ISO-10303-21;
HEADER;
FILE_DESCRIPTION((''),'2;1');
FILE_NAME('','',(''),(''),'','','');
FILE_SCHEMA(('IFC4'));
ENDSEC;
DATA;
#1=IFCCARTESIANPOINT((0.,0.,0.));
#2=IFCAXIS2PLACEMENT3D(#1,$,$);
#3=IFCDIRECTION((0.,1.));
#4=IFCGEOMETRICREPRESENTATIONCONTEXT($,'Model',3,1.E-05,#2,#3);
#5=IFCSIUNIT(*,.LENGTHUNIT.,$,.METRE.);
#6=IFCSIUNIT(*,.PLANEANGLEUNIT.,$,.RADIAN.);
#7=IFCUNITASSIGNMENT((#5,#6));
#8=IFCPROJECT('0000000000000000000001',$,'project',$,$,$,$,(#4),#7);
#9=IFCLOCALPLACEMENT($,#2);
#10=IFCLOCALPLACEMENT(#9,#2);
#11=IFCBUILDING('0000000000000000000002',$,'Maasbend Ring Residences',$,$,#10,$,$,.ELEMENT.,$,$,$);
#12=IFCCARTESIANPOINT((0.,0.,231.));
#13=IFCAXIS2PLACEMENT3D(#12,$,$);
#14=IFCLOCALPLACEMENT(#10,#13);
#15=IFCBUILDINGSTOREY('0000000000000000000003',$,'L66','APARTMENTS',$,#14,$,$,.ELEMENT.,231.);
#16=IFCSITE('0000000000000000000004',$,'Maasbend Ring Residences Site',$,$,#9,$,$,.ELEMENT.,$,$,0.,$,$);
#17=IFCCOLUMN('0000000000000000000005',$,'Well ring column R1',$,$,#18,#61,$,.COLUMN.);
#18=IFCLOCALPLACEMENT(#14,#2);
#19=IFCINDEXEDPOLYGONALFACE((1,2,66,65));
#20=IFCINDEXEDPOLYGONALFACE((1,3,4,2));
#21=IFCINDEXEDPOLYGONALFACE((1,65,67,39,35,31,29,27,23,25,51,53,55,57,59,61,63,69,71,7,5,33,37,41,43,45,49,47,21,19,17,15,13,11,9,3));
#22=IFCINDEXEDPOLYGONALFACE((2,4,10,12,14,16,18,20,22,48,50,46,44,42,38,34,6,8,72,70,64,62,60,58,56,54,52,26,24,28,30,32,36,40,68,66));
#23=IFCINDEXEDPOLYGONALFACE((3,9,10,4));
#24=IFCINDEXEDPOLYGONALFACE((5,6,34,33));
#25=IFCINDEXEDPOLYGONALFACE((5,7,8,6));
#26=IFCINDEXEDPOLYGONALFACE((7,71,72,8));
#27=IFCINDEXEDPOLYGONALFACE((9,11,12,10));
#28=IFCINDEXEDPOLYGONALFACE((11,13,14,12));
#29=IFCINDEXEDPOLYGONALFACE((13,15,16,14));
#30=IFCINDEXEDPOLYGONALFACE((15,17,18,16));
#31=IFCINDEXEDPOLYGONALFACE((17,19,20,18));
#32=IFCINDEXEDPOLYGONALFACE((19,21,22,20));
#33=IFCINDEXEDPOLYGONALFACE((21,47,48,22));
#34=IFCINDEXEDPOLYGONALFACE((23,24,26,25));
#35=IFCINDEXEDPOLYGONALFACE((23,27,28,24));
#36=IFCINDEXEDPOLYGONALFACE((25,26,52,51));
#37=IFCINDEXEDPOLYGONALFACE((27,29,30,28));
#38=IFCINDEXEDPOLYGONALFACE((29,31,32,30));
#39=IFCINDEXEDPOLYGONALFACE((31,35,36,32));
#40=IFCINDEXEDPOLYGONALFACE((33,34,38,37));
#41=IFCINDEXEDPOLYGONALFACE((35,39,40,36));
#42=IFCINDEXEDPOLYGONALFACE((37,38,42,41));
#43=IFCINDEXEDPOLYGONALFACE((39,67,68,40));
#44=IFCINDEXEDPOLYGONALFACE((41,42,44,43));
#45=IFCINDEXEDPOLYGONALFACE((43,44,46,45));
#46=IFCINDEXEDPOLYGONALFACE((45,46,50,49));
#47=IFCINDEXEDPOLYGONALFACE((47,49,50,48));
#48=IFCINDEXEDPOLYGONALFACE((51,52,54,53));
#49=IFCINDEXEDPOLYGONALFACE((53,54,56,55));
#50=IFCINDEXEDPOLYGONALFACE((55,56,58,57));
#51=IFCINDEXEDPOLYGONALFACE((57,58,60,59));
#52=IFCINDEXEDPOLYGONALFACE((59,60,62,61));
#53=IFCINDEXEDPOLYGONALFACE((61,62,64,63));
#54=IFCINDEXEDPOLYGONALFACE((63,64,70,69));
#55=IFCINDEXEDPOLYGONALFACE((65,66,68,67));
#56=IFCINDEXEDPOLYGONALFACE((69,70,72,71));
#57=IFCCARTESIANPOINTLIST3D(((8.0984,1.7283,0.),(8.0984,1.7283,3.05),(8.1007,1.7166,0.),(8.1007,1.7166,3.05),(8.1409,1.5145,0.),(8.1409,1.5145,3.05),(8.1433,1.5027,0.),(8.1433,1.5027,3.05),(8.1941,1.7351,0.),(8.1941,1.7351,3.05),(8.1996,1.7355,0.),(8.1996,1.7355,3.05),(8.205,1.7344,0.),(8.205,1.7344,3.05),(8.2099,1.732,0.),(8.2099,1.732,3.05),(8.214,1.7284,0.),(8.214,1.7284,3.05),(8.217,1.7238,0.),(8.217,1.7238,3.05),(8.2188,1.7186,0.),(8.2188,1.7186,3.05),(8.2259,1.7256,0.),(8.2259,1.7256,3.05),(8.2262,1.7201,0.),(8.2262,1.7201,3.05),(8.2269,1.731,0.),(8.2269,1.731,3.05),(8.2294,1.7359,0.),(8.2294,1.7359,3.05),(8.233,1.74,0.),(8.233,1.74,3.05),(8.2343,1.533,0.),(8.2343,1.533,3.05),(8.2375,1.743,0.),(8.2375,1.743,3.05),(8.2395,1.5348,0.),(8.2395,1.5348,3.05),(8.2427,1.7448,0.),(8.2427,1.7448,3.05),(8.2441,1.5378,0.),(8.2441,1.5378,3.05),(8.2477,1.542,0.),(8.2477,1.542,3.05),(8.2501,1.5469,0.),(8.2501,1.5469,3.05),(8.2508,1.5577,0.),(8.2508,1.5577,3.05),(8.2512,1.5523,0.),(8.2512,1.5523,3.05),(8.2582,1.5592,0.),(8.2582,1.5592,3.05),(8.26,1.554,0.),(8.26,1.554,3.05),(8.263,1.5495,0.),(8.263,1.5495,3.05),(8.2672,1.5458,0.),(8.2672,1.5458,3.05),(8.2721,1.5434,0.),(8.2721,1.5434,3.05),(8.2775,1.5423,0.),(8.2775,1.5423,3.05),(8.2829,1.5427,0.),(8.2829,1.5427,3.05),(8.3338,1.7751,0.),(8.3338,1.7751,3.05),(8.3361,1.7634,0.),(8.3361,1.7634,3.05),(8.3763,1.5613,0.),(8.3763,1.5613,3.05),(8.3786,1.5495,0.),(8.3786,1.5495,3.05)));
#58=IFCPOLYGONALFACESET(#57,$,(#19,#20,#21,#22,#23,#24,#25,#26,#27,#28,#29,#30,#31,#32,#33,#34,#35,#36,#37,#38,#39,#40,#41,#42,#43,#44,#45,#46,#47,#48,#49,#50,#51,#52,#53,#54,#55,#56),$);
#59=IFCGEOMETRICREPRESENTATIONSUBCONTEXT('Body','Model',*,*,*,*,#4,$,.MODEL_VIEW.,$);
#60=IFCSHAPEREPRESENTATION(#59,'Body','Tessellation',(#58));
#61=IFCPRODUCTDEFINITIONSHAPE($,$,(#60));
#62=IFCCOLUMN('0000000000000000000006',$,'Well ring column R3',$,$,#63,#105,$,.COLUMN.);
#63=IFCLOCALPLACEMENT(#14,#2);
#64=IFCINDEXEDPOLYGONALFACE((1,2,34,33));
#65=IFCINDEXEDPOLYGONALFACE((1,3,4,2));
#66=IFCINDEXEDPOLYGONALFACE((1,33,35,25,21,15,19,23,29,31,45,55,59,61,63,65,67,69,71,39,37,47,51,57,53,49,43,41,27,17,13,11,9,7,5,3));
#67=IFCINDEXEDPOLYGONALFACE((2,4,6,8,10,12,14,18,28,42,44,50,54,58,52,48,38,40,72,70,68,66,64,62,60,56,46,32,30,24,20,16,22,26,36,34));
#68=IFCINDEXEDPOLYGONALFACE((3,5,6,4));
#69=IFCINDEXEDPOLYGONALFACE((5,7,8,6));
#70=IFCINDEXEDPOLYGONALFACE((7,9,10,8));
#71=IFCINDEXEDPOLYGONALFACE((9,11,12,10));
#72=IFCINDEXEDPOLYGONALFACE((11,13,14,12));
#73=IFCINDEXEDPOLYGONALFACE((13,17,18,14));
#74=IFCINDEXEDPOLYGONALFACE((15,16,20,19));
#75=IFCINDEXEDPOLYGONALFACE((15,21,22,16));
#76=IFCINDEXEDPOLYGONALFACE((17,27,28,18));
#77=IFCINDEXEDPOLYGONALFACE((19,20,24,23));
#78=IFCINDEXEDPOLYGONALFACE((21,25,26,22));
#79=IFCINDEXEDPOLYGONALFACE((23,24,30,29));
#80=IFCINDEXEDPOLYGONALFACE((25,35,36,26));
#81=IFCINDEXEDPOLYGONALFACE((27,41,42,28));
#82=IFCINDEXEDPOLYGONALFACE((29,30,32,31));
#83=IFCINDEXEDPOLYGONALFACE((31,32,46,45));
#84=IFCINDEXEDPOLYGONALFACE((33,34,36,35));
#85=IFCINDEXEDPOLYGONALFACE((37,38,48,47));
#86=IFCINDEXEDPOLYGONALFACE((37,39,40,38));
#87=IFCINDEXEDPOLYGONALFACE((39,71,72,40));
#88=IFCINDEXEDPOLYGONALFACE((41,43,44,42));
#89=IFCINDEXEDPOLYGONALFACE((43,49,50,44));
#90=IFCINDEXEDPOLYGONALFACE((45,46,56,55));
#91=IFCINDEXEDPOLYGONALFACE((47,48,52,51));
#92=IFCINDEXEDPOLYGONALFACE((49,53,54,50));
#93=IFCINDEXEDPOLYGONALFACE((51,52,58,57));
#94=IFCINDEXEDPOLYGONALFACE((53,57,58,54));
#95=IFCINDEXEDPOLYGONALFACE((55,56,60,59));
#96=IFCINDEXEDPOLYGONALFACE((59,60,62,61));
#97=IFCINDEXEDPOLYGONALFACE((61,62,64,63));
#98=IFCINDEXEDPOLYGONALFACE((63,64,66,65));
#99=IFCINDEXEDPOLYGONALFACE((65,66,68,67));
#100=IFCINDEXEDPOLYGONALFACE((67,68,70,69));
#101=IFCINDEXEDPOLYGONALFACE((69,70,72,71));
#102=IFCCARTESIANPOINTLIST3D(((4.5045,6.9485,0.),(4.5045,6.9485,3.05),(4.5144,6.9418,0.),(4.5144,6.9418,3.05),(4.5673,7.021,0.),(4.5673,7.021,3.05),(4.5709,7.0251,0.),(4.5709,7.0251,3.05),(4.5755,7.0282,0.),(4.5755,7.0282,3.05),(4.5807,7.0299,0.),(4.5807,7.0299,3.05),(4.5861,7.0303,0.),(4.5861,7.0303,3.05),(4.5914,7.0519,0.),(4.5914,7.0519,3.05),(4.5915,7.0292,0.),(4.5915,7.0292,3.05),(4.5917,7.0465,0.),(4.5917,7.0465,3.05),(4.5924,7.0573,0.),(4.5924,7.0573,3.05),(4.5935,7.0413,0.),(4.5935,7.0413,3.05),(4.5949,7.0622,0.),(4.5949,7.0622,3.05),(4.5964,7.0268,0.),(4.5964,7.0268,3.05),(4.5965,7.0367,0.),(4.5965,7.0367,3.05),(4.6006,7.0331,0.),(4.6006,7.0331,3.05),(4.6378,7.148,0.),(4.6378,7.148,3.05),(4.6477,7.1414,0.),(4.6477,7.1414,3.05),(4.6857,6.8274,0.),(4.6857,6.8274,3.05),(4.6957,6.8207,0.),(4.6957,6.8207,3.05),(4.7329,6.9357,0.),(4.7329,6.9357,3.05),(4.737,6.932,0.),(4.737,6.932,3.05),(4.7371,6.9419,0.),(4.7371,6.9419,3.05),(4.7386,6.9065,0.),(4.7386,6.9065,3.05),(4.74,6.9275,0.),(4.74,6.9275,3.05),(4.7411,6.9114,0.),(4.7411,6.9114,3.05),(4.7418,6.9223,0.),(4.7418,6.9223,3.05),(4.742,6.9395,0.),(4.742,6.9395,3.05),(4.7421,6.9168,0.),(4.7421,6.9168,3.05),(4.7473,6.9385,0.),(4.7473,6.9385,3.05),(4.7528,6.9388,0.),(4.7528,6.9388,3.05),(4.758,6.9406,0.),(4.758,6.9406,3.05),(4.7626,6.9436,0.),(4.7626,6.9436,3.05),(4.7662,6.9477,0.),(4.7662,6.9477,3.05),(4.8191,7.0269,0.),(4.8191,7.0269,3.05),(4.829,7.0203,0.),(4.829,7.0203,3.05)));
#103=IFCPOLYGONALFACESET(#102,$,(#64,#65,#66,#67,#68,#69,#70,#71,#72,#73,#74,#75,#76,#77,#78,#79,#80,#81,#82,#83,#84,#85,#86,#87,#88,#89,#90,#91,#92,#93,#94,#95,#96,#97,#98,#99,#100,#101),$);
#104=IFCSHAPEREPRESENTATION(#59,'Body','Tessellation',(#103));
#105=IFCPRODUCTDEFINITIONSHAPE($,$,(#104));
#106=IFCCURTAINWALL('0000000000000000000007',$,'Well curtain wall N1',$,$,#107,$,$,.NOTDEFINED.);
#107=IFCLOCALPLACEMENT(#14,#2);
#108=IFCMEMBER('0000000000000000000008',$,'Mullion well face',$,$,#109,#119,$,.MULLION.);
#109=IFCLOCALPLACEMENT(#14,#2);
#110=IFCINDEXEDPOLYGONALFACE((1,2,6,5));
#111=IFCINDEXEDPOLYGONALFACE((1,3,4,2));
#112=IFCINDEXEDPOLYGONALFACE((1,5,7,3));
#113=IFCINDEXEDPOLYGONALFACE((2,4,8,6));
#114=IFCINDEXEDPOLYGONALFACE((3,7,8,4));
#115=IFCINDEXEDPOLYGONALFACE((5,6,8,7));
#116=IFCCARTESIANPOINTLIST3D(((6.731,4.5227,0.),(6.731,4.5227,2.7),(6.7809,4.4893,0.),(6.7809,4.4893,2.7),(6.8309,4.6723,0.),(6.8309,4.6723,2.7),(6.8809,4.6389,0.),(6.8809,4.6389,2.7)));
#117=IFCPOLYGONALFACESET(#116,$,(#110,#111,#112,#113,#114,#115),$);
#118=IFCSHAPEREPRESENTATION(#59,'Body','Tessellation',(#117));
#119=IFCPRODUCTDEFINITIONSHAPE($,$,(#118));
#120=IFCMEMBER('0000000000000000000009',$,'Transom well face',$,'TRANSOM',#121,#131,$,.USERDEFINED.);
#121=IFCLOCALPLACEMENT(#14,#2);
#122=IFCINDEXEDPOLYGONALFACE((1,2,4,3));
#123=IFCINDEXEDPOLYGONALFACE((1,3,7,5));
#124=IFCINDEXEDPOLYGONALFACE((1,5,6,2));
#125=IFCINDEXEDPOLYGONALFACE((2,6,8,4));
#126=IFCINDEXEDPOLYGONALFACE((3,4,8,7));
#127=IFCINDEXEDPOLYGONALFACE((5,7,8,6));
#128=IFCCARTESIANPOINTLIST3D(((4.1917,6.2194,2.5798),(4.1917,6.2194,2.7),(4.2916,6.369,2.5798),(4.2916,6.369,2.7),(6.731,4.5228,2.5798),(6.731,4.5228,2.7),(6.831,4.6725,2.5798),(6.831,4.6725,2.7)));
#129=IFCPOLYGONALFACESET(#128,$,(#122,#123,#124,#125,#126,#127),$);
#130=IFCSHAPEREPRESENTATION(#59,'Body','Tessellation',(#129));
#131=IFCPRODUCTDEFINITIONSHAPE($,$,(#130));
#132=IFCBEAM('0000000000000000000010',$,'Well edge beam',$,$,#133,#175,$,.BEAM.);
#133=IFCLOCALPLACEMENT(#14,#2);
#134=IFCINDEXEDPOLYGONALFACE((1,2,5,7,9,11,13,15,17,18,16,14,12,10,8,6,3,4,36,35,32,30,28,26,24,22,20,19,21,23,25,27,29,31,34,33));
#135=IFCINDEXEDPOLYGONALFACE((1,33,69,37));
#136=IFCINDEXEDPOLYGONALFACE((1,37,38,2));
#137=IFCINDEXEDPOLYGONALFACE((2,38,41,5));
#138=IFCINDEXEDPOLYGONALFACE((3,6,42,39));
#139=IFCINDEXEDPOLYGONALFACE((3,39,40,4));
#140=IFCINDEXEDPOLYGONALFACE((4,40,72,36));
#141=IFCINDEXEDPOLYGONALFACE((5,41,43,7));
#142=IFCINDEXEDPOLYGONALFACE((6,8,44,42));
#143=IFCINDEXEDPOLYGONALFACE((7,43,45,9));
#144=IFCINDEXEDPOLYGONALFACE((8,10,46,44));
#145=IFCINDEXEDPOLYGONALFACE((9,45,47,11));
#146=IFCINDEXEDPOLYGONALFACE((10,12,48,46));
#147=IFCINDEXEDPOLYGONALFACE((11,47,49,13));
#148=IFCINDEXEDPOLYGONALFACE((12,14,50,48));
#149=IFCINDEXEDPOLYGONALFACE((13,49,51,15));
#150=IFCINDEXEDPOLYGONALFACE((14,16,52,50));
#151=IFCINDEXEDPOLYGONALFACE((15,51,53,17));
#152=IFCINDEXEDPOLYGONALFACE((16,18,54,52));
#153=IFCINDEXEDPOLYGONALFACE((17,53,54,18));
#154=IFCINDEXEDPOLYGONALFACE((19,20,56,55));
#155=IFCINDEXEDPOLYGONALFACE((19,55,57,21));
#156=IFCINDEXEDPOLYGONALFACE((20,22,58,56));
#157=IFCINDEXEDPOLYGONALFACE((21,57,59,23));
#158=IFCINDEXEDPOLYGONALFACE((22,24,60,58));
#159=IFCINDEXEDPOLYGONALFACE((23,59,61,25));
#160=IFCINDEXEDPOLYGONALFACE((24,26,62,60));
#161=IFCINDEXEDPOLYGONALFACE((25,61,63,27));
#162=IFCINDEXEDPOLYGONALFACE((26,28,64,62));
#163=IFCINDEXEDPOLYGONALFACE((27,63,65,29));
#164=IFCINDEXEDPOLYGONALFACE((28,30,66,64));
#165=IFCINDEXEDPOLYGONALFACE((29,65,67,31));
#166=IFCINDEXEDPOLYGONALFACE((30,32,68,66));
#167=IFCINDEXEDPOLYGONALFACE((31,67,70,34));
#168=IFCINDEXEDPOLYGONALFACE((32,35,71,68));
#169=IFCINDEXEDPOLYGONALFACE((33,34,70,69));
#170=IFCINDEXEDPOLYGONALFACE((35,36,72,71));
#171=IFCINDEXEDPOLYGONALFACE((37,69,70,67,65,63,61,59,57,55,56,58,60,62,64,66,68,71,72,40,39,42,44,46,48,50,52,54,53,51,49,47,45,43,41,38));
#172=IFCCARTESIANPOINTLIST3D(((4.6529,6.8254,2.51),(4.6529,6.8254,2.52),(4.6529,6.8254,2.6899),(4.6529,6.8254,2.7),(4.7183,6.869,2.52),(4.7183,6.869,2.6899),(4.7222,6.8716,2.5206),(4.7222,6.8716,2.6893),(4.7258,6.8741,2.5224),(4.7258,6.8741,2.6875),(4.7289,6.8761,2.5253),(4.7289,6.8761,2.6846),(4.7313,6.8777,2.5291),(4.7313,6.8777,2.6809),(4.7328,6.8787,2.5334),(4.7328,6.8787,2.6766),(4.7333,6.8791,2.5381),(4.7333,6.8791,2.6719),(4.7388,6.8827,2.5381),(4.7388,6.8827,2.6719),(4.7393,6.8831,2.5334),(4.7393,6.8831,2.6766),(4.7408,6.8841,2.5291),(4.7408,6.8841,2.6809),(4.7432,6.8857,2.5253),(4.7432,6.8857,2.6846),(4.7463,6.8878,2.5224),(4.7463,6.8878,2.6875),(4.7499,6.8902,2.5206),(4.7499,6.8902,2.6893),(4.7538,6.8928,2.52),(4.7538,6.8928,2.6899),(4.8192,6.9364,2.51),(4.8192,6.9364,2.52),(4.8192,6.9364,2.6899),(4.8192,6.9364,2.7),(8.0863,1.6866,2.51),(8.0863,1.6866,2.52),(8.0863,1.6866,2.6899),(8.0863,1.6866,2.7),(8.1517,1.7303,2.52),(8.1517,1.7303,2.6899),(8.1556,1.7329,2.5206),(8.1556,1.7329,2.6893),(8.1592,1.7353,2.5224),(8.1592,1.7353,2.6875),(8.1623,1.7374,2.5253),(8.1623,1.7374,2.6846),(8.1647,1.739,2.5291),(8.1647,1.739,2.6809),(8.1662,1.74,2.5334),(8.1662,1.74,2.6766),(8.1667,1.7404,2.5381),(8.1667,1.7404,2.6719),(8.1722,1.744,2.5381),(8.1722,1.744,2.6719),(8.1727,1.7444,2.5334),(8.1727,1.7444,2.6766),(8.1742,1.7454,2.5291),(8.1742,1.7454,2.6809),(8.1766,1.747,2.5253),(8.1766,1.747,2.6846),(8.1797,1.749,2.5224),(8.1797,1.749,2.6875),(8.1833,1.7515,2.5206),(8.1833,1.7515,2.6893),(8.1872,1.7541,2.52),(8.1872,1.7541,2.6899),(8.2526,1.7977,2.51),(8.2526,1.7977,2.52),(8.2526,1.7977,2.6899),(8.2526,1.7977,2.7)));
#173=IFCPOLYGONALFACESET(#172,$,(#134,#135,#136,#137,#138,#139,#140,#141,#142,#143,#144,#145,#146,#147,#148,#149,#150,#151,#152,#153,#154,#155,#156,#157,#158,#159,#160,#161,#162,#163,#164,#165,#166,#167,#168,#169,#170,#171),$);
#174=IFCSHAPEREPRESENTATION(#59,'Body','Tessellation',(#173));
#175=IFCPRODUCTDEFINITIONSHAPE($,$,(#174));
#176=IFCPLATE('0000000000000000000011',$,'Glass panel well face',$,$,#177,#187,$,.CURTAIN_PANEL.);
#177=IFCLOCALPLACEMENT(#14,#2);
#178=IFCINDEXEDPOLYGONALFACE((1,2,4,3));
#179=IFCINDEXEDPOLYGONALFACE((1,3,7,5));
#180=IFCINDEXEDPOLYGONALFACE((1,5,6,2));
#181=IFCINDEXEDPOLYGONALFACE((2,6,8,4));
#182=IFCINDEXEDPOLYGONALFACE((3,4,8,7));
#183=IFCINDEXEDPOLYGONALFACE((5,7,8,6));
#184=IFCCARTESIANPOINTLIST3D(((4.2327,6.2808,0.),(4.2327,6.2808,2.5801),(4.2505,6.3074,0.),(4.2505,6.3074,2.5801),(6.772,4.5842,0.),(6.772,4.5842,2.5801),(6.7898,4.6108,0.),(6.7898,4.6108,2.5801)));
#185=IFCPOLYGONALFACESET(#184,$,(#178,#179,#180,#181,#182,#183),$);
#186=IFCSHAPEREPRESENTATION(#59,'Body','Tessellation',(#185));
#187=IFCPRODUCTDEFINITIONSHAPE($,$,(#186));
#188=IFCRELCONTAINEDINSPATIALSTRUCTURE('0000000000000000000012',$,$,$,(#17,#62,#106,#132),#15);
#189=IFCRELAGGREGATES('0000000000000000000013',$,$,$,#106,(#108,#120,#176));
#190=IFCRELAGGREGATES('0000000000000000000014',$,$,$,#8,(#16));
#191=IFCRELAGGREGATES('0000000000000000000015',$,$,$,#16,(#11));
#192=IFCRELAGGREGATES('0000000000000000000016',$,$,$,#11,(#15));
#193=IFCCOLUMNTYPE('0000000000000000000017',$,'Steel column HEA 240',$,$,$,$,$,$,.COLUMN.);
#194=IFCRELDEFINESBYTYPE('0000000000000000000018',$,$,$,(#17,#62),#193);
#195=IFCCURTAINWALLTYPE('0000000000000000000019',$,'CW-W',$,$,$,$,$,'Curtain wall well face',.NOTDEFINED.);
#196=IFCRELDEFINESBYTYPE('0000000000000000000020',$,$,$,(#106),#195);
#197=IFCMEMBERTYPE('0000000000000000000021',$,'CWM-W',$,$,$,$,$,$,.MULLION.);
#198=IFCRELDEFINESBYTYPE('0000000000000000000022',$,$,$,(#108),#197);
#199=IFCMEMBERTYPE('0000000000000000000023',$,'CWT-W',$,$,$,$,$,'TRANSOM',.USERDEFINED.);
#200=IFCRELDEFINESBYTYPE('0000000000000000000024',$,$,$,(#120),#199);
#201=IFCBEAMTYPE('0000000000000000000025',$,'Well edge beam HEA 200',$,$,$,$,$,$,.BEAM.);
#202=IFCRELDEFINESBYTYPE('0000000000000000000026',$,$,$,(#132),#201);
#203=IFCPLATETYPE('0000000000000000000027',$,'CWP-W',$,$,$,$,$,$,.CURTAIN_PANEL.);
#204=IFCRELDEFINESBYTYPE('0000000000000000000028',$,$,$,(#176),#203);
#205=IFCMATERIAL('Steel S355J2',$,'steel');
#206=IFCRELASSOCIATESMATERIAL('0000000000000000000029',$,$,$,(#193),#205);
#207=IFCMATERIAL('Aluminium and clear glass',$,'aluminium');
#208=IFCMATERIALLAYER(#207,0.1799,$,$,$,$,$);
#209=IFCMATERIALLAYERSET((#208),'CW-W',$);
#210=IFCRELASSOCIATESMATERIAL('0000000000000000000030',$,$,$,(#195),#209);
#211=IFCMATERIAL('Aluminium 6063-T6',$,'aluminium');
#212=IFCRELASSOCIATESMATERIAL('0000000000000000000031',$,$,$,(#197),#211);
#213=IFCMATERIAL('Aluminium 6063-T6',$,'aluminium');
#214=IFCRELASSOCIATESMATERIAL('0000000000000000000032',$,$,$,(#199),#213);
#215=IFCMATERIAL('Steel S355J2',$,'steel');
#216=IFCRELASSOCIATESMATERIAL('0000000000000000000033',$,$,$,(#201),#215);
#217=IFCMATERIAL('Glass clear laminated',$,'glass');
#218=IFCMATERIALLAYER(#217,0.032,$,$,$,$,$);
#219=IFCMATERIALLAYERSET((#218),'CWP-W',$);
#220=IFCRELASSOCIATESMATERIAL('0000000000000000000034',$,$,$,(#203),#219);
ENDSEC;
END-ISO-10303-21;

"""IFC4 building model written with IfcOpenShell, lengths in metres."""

from ifc_helpers import new_model, si_unit, direction, frame, origin, origin_2d, place, context, subcontext, project, spatial, rectangle, i_section, extrude, material, layer, layer_set, material_profile, profile_set, type_object, element, aggregate, save


model = new_model("IFC4")

# Units and contexts
model_context = context("Model", 3, precision=1e-05, world=origin(), true_north=direction((0.0, 1.0)))
body_context = subcontext(model_context, "Body", "Model", "MODEL_VIEW")
ifc_project = project(units=[si_unit("LENGTHUNIT", "METRE"), si_unit("PLANEANGLEUNIT", "RADIAN")], contexts=[model_context])

# Site, building, storey
site_placement = place(None, origin())
site = spatial("IfcSite", under=ifc_project, at=site_placement, Name="Maasbend Ring Residences Site", CompositionType="ELEMENT", RefElevation=0.0)
building_placement = place(site_placement, origin())
building = spatial("IfcBuilding", under=site, at=building_placement, Name="Maasbend Ring Residences", CompositionType="ELEMENT")
storey_placement = place(building_placement, frame((0.0, 0.0, 231.0)))
storey = spatial("IfcBuildingStorey", under=building, at=storey_placement, Name="L66", Description="APARTMENTS", CompositionType="ELEMENT", Elevation=231.0)

# Columns
ifc_material_1 = material(Name="Steel S355J2", Category="steel")
ifc_material_profile_1 = material_profile(ifc_material_1, i_section(OverallWidth=0.24, OverallDepth=0.23, WebThickness=0.0076, FlangeThickness=0.012, FilletRadius=0.021, at=origin_2d()), Name="HEA 240")
ifc_profile_set_1 = profile_set([ifc_material_profile_1], Name="Steel S355J2")
column_type = type_object("IfcColumnType", Name="Steel column HEA 240", PredefinedType="COLUMN", material=ifc_profile_set_1)
for number, where, z_axis, x_axis, name in (
    (1, (8.2385, 1.6389, 0.0), (0.0, 0.0, 1.0), (0.980785, 0.19509, 0.0), "Well ring column R1"),
    (2, (4.6667, 6.9844, 0.0), (0.0, 0.0, 1.0), (0.55557, 0.83147, 0.0), "Well ring column R3"),
):
    element("IfcColumn", number, at=place(storey_placement, frame(where, z_axis=z_axis, x_axis=x_axis)), inside=storey, type_object=column_type, Name=name, PredefinedType="COLUMN", context=body_context, shape_type="SweptSolid", body=[
        extrude(i_section(OverallWidth=0.24, OverallDepth=0.23, WebThickness=0.0076, FlangeThickness=0.012, FilletRadius=0.021, at=origin_2d()), origin(), (0.0, 0.0, 1.0), 3.05),
    ])

# Curtain wall, members
ifc_material_2 = material(Name="Aluminium and clear glass", Category="aluminium")
ifc_layer_1 = layer(ifc_material_2, 0.1799)
ifc_layer_set_1 = layer_set([ifc_layer_1], Name="CW-W")
curtain_wall_type = type_object("IfcCurtainWallType", Name="CW-W", ElementType="Curtain wall well face", PredefinedType="NOTDEFINED", material=ifc_layer_set_1)
curtain_wall_placement = place(storey_placement, origin())
curtain_wall = element("IfcCurtainWall", 3, at=curtain_wall_placement, inside=storey, type_object=curtain_wall_type, Name="Well curtain wall N1", PredefinedType="NOTDEFINED")
ifc_material_3 = material(Name="Aluminium 6063-T6", Category="aluminium")
ifc_material_profile_2 = material_profile(ifc_material_3, rectangle(XDim=0.1799, YDim=0.0601, at=origin_2d()), Name="AL 180x60")
ifc_profile_set_2 = profile_set([ifc_material_profile_2], Name="Aluminium 6063-T6")
member_type_1 = type_object("IfcMemberType", Name="CWM-W", PredefinedType="MULLION", material=ifc_profile_set_2)
member_1_placement = place(storey_placement, frame((6.8059, 4.5808, 0.0), z_axis=(0.0, 0.0, 1.0), x_axis=(-0.55557, -0.83147, 0.0)))
member_1 = element("IfcMember", 4, at=member_1_placement, type_object=member_type_1, Name="Mullion well face", PredefinedType="MULLION", context=body_context, shape_type="SweptSolid", body=[
    extrude(rectangle(XDim=0.1799, YDim=0.0601, at=origin_2d()), origin(), (0.0, 0.0, 1.0), 2.7),
])
ifc_material_4 = material(Name="Aluminium 6063-T6", Category="aluminium")
ifc_material_profile_3 = material_profile(ifc_material_4, rectangle(XDim=0.1799, YDim=0.1201, at=origin_2d()), Name="AL 180x120")
ifc_profile_set_3 = profile_set([ifc_material_profile_3], Name="Aluminium 6063-T6")
member_type_2 = type_object("IfcMemberType", Name="CWT-W", ElementType="TRANSOM", PredefinedType="USERDEFINED", material=ifc_profile_set_3)
member_2_placement = place(storey_placement, frame((6.781, 4.5977, 2.6399), z_axis=(-0.831496, 0.55553, 0.0), x_axis=(-0.55553, -0.831496, 0.0)))
member_2 = element("IfcMember", 5, at=member_2_placement, type_object=member_type_2, Name="Transom well face", ObjectType="TRANSOM", PredefinedType="USERDEFINED", context=body_context, shape_type="SweptSolid", body=[
    extrude(rectangle(XDim=0.1799, YDim=0.1201, at=origin_2d()), origin(), (0.0, 0.0, 1.0), 3.054),
])

# Beam
ifc_material_5 = material(Name="Steel S355J2", Category="steel")
ifc_material_profile_4 = material_profile(ifc_material_5, i_section(OverallWidth=0.2, OverallDepth=0.1899, WebThickness=0.0066, FlangeThickness=0.01, FilletRadius=0.0181, at=origin_2d()), Name="HEA 200")
ifc_profile_set_4 = profile_set([ifc_material_profile_4], Name="Steel S355J2")
beam_type = type_object("IfcBeamType", Name="Well edge beam HEA 200", PredefinedType="BEAM", material=ifc_profile_set_4)
beam_placement = place(storey_placement, frame((8.1694, 1.7422, 2.605), z_axis=(-0.555548, 0.831485, 0.0), x_axis=(-0.831485, -0.555548, 0.0)))
element("IfcBeam", 6, at=beam_placement, inside=storey, type_object=beam_type, Name="Well edge beam", PredefinedType="BEAM", context=body_context, shape_type="SweptSolid", body=[
    extrude(i_section(OverallWidth=0.2, OverallDepth=0.1899, WebThickness=0.0066, FlangeThickness=0.01, FilletRadius=0.0181, at=origin_2d()), origin(), (0.0, 0.0, 1.0), 6.1802),
])

# Plate
ifc_material_6 = material(Name="Glass clear laminated", Category="glass")
ifc_layer_2 = layer(ifc_material_6, 0.032)
ifc_layer_set_2 = layer_set([ifc_layer_2], Name="CWP-W")
plate_type = type_object("IfcPlateType", Name="CWP-W", PredefinedType="CURTAIN_PANEL", material=ifc_layer_set_2)
plate_placement = place(storey_placement, frame((5.5112, 5.4458, 0.0), z_axis=(0.0, 0.0, 1.0), x_axis=(-0.83147, 0.55557, 0.0)))
plate = element("IfcPlate", 7, at=plate_placement, type_object=plate_type, Name="Glass panel well face", PredefinedType="CURTAIN_PANEL", context=body_context, shape_type="SweptSolid", body=[
    extrude(rectangle(XDim=3.054, YDim=0.032, at=origin_2d()), origin(), (0.0, 0.0, 1.0), 2.5801),
])
aggregate(curtain_wall, [member_1, member_2, plate])

save(model, "model.ifc")
